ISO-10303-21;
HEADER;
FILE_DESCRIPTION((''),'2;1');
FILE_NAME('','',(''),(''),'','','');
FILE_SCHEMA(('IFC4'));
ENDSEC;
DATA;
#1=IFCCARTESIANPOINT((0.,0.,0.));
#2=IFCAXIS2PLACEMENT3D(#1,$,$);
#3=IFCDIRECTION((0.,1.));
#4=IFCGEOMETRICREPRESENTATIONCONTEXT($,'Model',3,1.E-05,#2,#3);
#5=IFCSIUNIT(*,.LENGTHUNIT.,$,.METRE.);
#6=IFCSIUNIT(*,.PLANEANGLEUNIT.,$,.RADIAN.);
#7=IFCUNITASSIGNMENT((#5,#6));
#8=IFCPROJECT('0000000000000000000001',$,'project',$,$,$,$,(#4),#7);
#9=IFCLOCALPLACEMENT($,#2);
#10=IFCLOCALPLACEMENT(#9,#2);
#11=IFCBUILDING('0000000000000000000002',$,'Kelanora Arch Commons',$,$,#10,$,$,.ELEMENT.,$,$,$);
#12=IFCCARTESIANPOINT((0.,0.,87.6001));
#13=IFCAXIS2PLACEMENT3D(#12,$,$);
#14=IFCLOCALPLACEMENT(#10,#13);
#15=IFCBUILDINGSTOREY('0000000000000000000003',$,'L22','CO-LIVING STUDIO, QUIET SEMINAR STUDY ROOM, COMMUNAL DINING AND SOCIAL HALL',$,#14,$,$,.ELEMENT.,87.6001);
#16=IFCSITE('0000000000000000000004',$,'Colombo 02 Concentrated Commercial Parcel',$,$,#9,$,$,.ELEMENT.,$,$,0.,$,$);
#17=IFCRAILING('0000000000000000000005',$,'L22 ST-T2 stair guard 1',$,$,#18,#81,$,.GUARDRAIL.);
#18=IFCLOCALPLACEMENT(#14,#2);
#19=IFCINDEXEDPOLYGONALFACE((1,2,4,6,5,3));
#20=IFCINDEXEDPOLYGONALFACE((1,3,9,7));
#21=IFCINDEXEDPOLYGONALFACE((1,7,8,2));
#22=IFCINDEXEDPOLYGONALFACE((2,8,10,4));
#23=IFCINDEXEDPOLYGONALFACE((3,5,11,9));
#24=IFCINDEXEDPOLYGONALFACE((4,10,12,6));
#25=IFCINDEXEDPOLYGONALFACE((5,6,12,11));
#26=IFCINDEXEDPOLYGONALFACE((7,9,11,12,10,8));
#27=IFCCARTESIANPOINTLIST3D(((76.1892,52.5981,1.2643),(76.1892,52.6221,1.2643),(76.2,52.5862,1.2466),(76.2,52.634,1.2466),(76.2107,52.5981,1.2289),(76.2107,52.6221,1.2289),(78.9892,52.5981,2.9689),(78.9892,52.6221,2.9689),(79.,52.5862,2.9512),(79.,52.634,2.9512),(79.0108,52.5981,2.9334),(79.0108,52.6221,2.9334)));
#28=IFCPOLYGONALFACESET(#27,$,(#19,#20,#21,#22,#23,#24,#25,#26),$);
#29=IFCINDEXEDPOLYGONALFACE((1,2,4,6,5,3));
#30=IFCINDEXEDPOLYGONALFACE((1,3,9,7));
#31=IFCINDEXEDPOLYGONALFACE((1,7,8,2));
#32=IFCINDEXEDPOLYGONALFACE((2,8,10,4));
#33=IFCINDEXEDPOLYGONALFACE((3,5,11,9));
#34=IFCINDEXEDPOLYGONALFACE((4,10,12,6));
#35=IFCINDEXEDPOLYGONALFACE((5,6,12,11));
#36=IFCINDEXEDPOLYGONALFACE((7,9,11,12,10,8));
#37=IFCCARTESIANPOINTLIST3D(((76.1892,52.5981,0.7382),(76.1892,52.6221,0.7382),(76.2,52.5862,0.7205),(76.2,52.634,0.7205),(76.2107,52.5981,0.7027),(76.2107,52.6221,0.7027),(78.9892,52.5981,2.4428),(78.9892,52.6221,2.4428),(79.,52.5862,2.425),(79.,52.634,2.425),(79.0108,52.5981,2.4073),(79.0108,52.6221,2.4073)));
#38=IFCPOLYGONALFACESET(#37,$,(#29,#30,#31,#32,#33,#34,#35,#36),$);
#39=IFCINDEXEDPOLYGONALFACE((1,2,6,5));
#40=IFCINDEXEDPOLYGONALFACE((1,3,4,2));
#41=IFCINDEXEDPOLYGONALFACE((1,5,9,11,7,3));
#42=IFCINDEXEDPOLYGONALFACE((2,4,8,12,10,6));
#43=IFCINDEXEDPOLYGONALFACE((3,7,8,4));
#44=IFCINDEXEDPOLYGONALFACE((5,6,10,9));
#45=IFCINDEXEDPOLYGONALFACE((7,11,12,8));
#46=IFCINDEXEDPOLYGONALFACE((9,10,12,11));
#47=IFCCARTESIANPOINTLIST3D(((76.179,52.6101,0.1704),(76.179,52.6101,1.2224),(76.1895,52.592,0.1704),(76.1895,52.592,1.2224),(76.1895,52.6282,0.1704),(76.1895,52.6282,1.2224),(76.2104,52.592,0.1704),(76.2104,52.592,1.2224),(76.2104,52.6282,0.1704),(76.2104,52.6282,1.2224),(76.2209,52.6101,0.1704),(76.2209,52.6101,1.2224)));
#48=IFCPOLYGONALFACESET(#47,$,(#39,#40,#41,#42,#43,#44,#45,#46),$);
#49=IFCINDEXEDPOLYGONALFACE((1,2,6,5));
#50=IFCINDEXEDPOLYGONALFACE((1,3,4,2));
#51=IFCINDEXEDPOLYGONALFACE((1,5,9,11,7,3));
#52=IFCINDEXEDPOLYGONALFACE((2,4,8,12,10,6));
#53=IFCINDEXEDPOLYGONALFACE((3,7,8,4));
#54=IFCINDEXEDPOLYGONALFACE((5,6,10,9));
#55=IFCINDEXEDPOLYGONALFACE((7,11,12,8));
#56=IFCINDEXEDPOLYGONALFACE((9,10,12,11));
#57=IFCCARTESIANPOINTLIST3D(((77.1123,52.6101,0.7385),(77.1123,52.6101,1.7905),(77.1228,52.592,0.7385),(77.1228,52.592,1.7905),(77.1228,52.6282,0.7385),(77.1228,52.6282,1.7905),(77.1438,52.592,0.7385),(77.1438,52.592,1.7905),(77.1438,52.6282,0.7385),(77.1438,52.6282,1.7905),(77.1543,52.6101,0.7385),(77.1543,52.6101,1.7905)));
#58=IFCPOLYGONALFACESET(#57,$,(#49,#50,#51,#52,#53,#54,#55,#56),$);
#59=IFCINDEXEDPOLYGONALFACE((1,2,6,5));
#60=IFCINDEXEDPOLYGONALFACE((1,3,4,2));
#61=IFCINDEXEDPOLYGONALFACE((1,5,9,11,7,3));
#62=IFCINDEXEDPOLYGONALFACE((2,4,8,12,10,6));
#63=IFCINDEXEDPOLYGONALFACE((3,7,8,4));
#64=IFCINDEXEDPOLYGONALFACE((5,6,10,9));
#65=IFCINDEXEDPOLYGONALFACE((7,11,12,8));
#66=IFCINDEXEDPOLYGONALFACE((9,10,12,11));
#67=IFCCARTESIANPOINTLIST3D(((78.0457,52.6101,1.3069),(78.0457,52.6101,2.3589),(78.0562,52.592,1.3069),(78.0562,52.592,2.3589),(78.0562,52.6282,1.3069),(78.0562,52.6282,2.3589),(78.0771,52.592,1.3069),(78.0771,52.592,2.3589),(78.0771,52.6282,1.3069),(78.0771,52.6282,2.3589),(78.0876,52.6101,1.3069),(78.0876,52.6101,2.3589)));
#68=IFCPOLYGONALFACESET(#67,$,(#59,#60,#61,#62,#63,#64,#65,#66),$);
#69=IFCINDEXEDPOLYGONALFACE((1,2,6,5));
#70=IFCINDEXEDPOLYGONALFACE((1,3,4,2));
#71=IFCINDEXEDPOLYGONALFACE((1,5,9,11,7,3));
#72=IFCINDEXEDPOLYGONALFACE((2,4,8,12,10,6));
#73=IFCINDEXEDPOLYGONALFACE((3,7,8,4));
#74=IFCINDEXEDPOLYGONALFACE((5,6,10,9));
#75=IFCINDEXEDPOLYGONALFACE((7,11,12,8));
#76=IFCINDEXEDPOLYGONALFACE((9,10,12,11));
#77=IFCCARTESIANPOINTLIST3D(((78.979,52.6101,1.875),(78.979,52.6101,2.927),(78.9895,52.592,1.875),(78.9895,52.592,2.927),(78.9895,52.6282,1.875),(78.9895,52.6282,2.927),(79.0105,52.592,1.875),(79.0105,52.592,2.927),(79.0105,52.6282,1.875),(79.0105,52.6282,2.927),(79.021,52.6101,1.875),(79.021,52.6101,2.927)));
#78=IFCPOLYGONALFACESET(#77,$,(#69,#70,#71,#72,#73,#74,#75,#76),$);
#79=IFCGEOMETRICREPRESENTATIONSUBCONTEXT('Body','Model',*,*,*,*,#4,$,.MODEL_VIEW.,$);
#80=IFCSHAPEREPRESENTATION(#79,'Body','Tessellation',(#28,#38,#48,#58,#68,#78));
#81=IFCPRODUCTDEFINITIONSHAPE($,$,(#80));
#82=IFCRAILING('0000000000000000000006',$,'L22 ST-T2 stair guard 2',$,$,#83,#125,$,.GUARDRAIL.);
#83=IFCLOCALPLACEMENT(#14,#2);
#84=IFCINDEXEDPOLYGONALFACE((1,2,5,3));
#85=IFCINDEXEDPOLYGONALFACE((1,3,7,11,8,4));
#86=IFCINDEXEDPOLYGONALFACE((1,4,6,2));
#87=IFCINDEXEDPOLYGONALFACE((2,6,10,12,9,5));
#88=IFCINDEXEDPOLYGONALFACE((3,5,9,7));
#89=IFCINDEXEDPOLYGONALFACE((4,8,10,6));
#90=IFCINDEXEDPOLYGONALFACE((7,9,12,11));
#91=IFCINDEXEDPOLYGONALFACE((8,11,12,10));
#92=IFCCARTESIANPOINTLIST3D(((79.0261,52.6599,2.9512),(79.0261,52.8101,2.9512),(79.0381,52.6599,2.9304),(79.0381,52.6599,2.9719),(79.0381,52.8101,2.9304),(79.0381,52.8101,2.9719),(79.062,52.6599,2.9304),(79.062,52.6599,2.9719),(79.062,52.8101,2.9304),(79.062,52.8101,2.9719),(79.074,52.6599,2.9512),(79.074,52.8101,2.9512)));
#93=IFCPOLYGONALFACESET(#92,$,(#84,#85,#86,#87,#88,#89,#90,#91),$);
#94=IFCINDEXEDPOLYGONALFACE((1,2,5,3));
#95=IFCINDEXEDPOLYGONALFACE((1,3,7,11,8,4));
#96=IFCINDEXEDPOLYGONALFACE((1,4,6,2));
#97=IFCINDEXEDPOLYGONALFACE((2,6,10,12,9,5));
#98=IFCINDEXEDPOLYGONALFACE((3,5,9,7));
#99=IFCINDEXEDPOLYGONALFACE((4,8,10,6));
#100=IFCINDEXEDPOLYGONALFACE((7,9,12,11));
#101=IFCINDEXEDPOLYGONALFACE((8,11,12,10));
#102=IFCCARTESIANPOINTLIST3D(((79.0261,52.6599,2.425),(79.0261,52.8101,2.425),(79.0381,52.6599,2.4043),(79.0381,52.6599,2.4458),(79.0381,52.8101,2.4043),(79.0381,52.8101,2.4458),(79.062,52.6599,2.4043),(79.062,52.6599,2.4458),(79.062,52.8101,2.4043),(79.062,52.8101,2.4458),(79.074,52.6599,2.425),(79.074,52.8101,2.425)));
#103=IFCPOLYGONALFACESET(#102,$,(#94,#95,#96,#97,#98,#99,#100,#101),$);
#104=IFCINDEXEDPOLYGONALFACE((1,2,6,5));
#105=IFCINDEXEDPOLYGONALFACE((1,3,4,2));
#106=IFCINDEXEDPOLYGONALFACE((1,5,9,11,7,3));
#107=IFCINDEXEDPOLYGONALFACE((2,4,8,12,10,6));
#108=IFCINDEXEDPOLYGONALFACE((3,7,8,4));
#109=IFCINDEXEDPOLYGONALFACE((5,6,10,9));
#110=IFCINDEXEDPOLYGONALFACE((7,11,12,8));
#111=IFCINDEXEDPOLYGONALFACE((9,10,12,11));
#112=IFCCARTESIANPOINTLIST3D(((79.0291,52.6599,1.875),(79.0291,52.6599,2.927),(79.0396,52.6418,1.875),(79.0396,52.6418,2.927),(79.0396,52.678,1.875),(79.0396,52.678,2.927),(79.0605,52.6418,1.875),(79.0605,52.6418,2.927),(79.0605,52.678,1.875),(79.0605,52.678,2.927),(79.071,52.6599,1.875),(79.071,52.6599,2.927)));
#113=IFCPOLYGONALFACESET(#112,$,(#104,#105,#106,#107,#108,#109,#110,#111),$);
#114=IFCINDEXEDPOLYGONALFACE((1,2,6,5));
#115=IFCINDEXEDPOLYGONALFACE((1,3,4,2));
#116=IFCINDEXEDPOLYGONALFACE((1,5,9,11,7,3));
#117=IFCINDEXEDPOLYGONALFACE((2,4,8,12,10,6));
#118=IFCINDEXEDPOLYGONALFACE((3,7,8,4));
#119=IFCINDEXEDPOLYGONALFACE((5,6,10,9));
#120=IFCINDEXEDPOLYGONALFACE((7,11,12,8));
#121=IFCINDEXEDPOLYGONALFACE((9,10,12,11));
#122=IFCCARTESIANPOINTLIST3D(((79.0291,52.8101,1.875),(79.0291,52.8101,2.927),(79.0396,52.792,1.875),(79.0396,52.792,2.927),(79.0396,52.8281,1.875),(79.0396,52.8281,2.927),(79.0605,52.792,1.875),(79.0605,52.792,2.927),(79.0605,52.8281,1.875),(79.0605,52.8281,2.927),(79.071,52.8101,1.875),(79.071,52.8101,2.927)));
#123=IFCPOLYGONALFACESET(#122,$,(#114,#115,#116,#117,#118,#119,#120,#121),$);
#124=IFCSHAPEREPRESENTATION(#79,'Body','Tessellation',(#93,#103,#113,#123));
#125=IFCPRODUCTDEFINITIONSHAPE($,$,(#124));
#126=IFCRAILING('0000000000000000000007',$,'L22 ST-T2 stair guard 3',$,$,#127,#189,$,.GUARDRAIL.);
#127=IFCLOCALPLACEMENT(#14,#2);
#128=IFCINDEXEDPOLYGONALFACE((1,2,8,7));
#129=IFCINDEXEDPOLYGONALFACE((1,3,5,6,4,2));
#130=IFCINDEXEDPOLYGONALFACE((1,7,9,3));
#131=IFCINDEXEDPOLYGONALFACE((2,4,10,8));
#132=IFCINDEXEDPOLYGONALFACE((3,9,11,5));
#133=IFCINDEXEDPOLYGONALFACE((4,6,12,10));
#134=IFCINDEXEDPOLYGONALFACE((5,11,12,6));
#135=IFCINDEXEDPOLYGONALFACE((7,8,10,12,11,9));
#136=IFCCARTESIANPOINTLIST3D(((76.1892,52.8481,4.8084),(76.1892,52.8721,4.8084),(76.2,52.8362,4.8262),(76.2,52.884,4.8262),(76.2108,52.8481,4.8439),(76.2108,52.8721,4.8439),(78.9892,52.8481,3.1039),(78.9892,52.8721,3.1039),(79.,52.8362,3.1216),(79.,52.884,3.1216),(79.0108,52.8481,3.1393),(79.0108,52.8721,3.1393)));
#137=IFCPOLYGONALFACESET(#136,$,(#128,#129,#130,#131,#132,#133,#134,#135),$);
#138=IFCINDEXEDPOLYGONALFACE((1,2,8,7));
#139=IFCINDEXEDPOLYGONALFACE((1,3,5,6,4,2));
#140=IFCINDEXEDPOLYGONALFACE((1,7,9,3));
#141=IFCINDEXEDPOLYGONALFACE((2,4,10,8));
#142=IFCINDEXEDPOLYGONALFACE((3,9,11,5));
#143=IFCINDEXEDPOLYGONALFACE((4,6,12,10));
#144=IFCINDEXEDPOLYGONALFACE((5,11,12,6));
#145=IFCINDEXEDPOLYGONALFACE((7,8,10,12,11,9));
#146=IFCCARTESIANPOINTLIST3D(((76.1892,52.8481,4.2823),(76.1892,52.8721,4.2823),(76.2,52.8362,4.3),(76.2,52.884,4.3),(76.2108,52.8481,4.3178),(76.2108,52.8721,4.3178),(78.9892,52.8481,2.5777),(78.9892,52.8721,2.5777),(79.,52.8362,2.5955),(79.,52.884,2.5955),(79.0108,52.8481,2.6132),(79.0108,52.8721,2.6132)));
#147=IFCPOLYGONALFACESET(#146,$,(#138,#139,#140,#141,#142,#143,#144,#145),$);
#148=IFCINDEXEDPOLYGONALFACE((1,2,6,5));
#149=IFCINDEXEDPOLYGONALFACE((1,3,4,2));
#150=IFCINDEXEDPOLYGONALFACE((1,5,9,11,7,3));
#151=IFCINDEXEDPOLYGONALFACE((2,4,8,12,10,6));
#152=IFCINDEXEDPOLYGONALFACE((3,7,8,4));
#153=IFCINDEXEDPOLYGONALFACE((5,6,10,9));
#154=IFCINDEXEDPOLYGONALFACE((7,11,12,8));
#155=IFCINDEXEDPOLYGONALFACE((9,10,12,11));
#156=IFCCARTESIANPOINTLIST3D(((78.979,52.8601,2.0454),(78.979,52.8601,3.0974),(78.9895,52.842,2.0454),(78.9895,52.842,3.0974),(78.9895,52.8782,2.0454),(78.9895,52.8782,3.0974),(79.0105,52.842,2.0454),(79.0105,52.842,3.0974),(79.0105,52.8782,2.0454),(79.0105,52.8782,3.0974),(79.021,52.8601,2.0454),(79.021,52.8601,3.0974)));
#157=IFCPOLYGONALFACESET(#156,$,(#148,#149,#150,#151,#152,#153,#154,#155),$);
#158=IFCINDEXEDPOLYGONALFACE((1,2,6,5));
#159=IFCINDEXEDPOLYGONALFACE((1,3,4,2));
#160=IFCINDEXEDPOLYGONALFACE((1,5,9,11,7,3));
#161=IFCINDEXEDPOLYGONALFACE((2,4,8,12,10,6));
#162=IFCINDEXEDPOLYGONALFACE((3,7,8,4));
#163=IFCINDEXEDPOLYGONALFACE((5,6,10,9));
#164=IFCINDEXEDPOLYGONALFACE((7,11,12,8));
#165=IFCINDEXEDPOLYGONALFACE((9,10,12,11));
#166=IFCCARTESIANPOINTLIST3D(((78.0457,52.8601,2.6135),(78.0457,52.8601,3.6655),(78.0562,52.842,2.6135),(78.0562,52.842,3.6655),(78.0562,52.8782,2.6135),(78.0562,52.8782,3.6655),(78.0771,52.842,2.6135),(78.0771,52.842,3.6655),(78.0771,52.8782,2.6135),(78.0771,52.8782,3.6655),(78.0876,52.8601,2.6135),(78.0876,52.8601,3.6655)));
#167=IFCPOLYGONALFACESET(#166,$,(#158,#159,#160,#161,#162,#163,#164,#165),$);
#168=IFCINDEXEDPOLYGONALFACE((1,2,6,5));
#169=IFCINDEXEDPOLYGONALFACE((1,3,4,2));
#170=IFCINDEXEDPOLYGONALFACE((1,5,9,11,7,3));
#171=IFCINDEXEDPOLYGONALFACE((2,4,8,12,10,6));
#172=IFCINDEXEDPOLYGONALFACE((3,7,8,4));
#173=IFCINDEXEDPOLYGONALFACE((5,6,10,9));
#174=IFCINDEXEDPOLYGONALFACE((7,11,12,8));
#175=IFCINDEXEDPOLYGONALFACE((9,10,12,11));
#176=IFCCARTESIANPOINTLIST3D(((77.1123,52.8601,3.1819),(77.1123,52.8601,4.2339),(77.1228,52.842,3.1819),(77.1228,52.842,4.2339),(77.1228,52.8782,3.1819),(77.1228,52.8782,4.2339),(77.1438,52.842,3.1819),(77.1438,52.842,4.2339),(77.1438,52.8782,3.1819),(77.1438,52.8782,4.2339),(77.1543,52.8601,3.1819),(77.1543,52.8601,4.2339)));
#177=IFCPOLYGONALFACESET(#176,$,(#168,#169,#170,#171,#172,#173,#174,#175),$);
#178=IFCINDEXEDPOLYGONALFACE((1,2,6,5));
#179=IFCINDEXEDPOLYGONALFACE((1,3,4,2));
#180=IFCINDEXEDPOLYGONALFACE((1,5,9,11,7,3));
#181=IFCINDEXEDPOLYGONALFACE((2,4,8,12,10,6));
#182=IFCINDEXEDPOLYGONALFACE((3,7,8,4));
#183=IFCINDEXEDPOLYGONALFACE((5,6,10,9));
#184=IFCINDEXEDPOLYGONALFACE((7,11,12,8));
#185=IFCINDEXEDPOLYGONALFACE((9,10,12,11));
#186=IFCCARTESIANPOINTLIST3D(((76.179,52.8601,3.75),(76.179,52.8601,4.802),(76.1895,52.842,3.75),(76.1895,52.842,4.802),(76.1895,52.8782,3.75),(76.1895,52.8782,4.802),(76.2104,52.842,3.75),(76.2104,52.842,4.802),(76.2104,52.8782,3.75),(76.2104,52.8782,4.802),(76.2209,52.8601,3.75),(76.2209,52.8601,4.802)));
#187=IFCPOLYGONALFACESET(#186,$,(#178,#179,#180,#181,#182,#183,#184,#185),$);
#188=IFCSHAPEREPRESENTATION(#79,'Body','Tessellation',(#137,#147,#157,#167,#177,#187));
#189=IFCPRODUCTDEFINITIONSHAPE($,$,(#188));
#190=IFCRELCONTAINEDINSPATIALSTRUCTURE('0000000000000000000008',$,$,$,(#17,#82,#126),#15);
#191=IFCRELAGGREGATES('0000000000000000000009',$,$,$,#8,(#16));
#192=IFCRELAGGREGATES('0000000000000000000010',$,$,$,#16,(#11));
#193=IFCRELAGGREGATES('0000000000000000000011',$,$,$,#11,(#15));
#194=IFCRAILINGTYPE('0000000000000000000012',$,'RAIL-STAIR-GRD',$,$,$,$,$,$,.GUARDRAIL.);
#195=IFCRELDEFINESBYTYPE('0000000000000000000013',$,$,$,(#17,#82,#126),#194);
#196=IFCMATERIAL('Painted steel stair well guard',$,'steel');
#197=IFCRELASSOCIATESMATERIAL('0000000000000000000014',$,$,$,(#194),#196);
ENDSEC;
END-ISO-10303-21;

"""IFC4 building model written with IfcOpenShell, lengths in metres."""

from ifc_helpers import new_model, si_unit, direction, frame, origin, place, context, subcontext, project, spatial, polyline, outline, extrude, material, type_object, element, save


model = new_model("IFC4")

# Units and contexts
model_context = context("Model", 3, precision=1e-05, world=origin(), true_north=direction((0.0, 1.0)))
body_context = subcontext(model_context, "Body", "Model", "MODEL_VIEW")
ifc_project = project(units=[si_unit("LENGTHUNIT", "METRE"), si_unit("PLANEANGLEUNIT", "RADIAN")], contexts=[model_context])

# Site, building, storey
site_placement = place(None, origin())
site = spatial("IfcSite", under=ifc_project, at=site_placement, Name="Colombo 02 Concentrated Commercial Parcel", CompositionType="ELEMENT", RefElevation=0.0)
building_placement = place(site_placement, origin())
building = spatial("IfcBuilding", under=site, at=building_placement, Name="Kelanora Arch Commons", CompositionType="ELEMENT")
storey_placement = place(building_placement, frame((0.0, 0.0, 87.6001)))
storey = spatial("IfcBuildingStorey", under=building, at=storey_placement, Name="L22", Description="CO-LIVING STUDIO, QUIET SEMINAR STUDY ROOM, COMMUNAL DINING AND SOCIAL HALL", CompositionType="ELEMENT", Elevation=87.6001)

# Railings
ifc_material_1 = material(Name="Painted steel stair well guard", Category="steel")
railing_type_1 = type_object("IfcRailingType", Name="RAIL-STAIR-GRD", PredefinedType="GUARDRAIL", material=ifc_material_1)
railing_1_placement = place(storey_placement, frame((76.2, 52.6101, 0.1704)))
element("IfcRailing", 1, at=railing_1_placement, inside=storey, type_object=railing_type_1, Name="L22 ST-T2 stair guard 1", PredefinedType="GUARDRAIL", context=body_context, shape_type="SweptSolid", body=[
    extrude(outline(polyline([(0.0239, 0.0), (0.012, 0.0208), (-0.012, 0.0208), (-0.0239, 0.0), (-0.012, -0.0208), (0.012, -0.0208), (0.0239, 0.0)])), frame((0.0, 0.0, 1.0762), z_axis=(0.85417, 0.0, 0.519994), x_axis=(0.0, 1.0, 0.0)), (0.0, 0.0, 1.0), 3.2781),
    extrude(outline(polyline([(0.0239, 0.0), (0.012, 0.0208), (-0.012, 0.0208), (-0.0239, 0.0), (-0.012, -0.0208), (0.012, -0.0208), (0.0239, 0.0)])), frame((0.0, 0.0, 0.55), z_axis=(0.85417, 0.0, 0.519994), x_axis=(0.0, 1.0, 0.0)), (0.0, 0.0, 1.0), 3.2781),
    extrude(outline(polyline([(0.021, 0.0), (0.0105, 0.0181), (-0.0105, 0.0181), (-0.021, 0.0), (-0.0105, -0.0181), (0.0105, -0.0181), (0.021, 0.0)])), origin(), (0.0, 0.0, 1.0), 1.052),
    extrude(outline(polyline([(0.021, 0.0), (0.0105, 0.0181), (-0.0105, 0.0181), (-0.021, 0.0), (-0.0105, -0.0181), (0.0105, -0.0181), (0.021, 0.0)])), frame((0.9333, 0.0, 0.5681)), (0.0, 0.0, 1.0), 1.052),
    extrude(outline(polyline([(0.021, 0.0), (0.0105, 0.0181), (-0.0105, 0.0181), (-0.021, 0.0), (-0.0105, -0.0181), (0.0105, -0.0181), (0.021, 0.0)])), frame((1.8667, 0.0, 1.1365)), (0.0, 0.0, 1.0), 1.052),
    extrude(outline(polyline([(0.021, 0.0), (0.0105, 0.0181), (-0.0105, 0.0181), (-0.021, 0.0), (-0.0105, -0.0181), (0.0105, -0.0181), (0.021, 0.0)])), frame((2.8, 0.0, 1.7046)), (0.0, 0.0, 1.0), 1.052),
])
railing_2_placement = place(storey_placement, frame((79.05, 52.6599, 1.875)))
element("IfcRailing", 2, at=railing_2_placement, inside=storey, type_object=railing_type_1, Name="L22 ST-T2 stair guard 2", PredefinedType="GUARDRAIL", context=body_context, shape_type="SweptSolid", body=[
    extrude(outline(polyline([(0.0239, 0.0), (0.012, 0.0208), (-0.012, 0.0208), (-0.0239, 0.0), (-0.012, -0.0208), (0.012, -0.0208), (0.0239, 0.0)])), frame((0.0, 0.0, 1.0762), z_axis=(0.0, 1.0, 0.0), x_axis=(-1.0, 0.0, 0.0)), (0.0, 0.0, 1.0), 0.1501),
    extrude(outline(polyline([(0.0239, 0.0), (0.012, 0.0208), (-0.012, 0.0208), (-0.0239, 0.0), (-0.012, -0.0208), (0.012, -0.0208), (0.0239, 0.0)])), frame((0.0, 0.0, 0.55), z_axis=(0.0, 1.0, 0.0), x_axis=(-1.0, 0.0, 0.0)), (0.0, 0.0, 1.0), 0.1501),
    extrude(outline(polyline([(0.021, 0.0), (0.0105, 0.0181), (-0.0105, 0.0181), (-0.021, 0.0), (-0.0105, -0.0181), (0.0105, -0.0181), (0.021, 0.0)])), origin(), (0.0, 0.0, 1.0), 1.052),
    extrude(outline(polyline([(0.021, 0.0), (0.0105, 0.0181), (-0.0105, 0.0181), (-0.021, 0.0), (-0.0105, -0.0181), (0.0105, -0.0181), (0.021, 0.0)])), frame((0.0, 0.1501, 0.0)), (0.0, 0.0, 1.0), 1.052),
])
railing_3_placement = place(storey_placement, frame((79.0, 52.8601, 2.0454)))
element("IfcRailing", 3, at=railing_3_placement, inside=storey, type_object=railing_type_1, Name="L22 ST-T2 stair guard 3", PredefinedType="GUARDRAIL", context=body_context, shape_type="SweptSolid", body=[
    extrude(outline(polyline([(0.0239, 0.0), (0.012, 0.0208), (-0.012, 0.0208), (-0.0239, 0.0), (-0.012, -0.0208), (0.012, -0.0208), (0.0239, 0.0)])), frame((0.0, 0.0, 1.0762), z_axis=(-0.85417, 0.0, 0.519994), x_axis=(0.0, -1.0, 0.0)), (0.0, 0.0, 1.0), 3.2781),
    extrude(outline(polyline([(0.0239, 0.0), (0.012, 0.0208), (-0.012, 0.0208), (-0.0239, 0.0), (-0.012, -0.0208), (0.012, -0.0208), (0.0239, 0.0)])), frame((0.0, 0.0, 0.55), z_axis=(-0.85417, 0.0, 0.519994), x_axis=(0.0, -1.0, 0.0)), (0.0, 0.0, 1.0), 3.2781),
    extrude(outline(polyline([(0.021, 0.0), (0.0105, 0.0181), (-0.0105, 0.0181), (-0.021, 0.0), (-0.0105, -0.0181), (0.0105, -0.0181), (0.021, 0.0)])), origin(), (0.0, 0.0, 1.0), 1.052),
    extrude(outline(polyline([(0.021, 0.0), (0.0105, 0.0181), (-0.0105, 0.0181), (-0.021, 0.0), (-0.0105, -0.0181), (0.0105, -0.0181), (0.021, 0.0)])), frame((-0.9333, 0.0, 0.5681)), (0.0, 0.0, 1.0), 1.052),
    extrude(outline(polyline([(0.021, 0.0), (0.0105, 0.0181), (-0.0105, 0.0181), (-0.021, 0.0), (-0.0105, -0.0181), (0.0105, -0.0181), (0.021, 0.0)])), frame((-1.8667, 0.0, 1.1365)), (0.0, 0.0, 1.0), 1.052),
    extrude(outline(polyline([(0.021, 0.0), (0.0105, 0.0181), (-0.0105, 0.0181), (-0.021, 0.0), (-0.0105, -0.0181), (0.0105, -0.0181), (0.021, 0.0)])), frame((-2.8, 0.0, 1.7046)), (0.0, 0.0, 1.0), 1.052),
])

save(model, "model.ifc")
